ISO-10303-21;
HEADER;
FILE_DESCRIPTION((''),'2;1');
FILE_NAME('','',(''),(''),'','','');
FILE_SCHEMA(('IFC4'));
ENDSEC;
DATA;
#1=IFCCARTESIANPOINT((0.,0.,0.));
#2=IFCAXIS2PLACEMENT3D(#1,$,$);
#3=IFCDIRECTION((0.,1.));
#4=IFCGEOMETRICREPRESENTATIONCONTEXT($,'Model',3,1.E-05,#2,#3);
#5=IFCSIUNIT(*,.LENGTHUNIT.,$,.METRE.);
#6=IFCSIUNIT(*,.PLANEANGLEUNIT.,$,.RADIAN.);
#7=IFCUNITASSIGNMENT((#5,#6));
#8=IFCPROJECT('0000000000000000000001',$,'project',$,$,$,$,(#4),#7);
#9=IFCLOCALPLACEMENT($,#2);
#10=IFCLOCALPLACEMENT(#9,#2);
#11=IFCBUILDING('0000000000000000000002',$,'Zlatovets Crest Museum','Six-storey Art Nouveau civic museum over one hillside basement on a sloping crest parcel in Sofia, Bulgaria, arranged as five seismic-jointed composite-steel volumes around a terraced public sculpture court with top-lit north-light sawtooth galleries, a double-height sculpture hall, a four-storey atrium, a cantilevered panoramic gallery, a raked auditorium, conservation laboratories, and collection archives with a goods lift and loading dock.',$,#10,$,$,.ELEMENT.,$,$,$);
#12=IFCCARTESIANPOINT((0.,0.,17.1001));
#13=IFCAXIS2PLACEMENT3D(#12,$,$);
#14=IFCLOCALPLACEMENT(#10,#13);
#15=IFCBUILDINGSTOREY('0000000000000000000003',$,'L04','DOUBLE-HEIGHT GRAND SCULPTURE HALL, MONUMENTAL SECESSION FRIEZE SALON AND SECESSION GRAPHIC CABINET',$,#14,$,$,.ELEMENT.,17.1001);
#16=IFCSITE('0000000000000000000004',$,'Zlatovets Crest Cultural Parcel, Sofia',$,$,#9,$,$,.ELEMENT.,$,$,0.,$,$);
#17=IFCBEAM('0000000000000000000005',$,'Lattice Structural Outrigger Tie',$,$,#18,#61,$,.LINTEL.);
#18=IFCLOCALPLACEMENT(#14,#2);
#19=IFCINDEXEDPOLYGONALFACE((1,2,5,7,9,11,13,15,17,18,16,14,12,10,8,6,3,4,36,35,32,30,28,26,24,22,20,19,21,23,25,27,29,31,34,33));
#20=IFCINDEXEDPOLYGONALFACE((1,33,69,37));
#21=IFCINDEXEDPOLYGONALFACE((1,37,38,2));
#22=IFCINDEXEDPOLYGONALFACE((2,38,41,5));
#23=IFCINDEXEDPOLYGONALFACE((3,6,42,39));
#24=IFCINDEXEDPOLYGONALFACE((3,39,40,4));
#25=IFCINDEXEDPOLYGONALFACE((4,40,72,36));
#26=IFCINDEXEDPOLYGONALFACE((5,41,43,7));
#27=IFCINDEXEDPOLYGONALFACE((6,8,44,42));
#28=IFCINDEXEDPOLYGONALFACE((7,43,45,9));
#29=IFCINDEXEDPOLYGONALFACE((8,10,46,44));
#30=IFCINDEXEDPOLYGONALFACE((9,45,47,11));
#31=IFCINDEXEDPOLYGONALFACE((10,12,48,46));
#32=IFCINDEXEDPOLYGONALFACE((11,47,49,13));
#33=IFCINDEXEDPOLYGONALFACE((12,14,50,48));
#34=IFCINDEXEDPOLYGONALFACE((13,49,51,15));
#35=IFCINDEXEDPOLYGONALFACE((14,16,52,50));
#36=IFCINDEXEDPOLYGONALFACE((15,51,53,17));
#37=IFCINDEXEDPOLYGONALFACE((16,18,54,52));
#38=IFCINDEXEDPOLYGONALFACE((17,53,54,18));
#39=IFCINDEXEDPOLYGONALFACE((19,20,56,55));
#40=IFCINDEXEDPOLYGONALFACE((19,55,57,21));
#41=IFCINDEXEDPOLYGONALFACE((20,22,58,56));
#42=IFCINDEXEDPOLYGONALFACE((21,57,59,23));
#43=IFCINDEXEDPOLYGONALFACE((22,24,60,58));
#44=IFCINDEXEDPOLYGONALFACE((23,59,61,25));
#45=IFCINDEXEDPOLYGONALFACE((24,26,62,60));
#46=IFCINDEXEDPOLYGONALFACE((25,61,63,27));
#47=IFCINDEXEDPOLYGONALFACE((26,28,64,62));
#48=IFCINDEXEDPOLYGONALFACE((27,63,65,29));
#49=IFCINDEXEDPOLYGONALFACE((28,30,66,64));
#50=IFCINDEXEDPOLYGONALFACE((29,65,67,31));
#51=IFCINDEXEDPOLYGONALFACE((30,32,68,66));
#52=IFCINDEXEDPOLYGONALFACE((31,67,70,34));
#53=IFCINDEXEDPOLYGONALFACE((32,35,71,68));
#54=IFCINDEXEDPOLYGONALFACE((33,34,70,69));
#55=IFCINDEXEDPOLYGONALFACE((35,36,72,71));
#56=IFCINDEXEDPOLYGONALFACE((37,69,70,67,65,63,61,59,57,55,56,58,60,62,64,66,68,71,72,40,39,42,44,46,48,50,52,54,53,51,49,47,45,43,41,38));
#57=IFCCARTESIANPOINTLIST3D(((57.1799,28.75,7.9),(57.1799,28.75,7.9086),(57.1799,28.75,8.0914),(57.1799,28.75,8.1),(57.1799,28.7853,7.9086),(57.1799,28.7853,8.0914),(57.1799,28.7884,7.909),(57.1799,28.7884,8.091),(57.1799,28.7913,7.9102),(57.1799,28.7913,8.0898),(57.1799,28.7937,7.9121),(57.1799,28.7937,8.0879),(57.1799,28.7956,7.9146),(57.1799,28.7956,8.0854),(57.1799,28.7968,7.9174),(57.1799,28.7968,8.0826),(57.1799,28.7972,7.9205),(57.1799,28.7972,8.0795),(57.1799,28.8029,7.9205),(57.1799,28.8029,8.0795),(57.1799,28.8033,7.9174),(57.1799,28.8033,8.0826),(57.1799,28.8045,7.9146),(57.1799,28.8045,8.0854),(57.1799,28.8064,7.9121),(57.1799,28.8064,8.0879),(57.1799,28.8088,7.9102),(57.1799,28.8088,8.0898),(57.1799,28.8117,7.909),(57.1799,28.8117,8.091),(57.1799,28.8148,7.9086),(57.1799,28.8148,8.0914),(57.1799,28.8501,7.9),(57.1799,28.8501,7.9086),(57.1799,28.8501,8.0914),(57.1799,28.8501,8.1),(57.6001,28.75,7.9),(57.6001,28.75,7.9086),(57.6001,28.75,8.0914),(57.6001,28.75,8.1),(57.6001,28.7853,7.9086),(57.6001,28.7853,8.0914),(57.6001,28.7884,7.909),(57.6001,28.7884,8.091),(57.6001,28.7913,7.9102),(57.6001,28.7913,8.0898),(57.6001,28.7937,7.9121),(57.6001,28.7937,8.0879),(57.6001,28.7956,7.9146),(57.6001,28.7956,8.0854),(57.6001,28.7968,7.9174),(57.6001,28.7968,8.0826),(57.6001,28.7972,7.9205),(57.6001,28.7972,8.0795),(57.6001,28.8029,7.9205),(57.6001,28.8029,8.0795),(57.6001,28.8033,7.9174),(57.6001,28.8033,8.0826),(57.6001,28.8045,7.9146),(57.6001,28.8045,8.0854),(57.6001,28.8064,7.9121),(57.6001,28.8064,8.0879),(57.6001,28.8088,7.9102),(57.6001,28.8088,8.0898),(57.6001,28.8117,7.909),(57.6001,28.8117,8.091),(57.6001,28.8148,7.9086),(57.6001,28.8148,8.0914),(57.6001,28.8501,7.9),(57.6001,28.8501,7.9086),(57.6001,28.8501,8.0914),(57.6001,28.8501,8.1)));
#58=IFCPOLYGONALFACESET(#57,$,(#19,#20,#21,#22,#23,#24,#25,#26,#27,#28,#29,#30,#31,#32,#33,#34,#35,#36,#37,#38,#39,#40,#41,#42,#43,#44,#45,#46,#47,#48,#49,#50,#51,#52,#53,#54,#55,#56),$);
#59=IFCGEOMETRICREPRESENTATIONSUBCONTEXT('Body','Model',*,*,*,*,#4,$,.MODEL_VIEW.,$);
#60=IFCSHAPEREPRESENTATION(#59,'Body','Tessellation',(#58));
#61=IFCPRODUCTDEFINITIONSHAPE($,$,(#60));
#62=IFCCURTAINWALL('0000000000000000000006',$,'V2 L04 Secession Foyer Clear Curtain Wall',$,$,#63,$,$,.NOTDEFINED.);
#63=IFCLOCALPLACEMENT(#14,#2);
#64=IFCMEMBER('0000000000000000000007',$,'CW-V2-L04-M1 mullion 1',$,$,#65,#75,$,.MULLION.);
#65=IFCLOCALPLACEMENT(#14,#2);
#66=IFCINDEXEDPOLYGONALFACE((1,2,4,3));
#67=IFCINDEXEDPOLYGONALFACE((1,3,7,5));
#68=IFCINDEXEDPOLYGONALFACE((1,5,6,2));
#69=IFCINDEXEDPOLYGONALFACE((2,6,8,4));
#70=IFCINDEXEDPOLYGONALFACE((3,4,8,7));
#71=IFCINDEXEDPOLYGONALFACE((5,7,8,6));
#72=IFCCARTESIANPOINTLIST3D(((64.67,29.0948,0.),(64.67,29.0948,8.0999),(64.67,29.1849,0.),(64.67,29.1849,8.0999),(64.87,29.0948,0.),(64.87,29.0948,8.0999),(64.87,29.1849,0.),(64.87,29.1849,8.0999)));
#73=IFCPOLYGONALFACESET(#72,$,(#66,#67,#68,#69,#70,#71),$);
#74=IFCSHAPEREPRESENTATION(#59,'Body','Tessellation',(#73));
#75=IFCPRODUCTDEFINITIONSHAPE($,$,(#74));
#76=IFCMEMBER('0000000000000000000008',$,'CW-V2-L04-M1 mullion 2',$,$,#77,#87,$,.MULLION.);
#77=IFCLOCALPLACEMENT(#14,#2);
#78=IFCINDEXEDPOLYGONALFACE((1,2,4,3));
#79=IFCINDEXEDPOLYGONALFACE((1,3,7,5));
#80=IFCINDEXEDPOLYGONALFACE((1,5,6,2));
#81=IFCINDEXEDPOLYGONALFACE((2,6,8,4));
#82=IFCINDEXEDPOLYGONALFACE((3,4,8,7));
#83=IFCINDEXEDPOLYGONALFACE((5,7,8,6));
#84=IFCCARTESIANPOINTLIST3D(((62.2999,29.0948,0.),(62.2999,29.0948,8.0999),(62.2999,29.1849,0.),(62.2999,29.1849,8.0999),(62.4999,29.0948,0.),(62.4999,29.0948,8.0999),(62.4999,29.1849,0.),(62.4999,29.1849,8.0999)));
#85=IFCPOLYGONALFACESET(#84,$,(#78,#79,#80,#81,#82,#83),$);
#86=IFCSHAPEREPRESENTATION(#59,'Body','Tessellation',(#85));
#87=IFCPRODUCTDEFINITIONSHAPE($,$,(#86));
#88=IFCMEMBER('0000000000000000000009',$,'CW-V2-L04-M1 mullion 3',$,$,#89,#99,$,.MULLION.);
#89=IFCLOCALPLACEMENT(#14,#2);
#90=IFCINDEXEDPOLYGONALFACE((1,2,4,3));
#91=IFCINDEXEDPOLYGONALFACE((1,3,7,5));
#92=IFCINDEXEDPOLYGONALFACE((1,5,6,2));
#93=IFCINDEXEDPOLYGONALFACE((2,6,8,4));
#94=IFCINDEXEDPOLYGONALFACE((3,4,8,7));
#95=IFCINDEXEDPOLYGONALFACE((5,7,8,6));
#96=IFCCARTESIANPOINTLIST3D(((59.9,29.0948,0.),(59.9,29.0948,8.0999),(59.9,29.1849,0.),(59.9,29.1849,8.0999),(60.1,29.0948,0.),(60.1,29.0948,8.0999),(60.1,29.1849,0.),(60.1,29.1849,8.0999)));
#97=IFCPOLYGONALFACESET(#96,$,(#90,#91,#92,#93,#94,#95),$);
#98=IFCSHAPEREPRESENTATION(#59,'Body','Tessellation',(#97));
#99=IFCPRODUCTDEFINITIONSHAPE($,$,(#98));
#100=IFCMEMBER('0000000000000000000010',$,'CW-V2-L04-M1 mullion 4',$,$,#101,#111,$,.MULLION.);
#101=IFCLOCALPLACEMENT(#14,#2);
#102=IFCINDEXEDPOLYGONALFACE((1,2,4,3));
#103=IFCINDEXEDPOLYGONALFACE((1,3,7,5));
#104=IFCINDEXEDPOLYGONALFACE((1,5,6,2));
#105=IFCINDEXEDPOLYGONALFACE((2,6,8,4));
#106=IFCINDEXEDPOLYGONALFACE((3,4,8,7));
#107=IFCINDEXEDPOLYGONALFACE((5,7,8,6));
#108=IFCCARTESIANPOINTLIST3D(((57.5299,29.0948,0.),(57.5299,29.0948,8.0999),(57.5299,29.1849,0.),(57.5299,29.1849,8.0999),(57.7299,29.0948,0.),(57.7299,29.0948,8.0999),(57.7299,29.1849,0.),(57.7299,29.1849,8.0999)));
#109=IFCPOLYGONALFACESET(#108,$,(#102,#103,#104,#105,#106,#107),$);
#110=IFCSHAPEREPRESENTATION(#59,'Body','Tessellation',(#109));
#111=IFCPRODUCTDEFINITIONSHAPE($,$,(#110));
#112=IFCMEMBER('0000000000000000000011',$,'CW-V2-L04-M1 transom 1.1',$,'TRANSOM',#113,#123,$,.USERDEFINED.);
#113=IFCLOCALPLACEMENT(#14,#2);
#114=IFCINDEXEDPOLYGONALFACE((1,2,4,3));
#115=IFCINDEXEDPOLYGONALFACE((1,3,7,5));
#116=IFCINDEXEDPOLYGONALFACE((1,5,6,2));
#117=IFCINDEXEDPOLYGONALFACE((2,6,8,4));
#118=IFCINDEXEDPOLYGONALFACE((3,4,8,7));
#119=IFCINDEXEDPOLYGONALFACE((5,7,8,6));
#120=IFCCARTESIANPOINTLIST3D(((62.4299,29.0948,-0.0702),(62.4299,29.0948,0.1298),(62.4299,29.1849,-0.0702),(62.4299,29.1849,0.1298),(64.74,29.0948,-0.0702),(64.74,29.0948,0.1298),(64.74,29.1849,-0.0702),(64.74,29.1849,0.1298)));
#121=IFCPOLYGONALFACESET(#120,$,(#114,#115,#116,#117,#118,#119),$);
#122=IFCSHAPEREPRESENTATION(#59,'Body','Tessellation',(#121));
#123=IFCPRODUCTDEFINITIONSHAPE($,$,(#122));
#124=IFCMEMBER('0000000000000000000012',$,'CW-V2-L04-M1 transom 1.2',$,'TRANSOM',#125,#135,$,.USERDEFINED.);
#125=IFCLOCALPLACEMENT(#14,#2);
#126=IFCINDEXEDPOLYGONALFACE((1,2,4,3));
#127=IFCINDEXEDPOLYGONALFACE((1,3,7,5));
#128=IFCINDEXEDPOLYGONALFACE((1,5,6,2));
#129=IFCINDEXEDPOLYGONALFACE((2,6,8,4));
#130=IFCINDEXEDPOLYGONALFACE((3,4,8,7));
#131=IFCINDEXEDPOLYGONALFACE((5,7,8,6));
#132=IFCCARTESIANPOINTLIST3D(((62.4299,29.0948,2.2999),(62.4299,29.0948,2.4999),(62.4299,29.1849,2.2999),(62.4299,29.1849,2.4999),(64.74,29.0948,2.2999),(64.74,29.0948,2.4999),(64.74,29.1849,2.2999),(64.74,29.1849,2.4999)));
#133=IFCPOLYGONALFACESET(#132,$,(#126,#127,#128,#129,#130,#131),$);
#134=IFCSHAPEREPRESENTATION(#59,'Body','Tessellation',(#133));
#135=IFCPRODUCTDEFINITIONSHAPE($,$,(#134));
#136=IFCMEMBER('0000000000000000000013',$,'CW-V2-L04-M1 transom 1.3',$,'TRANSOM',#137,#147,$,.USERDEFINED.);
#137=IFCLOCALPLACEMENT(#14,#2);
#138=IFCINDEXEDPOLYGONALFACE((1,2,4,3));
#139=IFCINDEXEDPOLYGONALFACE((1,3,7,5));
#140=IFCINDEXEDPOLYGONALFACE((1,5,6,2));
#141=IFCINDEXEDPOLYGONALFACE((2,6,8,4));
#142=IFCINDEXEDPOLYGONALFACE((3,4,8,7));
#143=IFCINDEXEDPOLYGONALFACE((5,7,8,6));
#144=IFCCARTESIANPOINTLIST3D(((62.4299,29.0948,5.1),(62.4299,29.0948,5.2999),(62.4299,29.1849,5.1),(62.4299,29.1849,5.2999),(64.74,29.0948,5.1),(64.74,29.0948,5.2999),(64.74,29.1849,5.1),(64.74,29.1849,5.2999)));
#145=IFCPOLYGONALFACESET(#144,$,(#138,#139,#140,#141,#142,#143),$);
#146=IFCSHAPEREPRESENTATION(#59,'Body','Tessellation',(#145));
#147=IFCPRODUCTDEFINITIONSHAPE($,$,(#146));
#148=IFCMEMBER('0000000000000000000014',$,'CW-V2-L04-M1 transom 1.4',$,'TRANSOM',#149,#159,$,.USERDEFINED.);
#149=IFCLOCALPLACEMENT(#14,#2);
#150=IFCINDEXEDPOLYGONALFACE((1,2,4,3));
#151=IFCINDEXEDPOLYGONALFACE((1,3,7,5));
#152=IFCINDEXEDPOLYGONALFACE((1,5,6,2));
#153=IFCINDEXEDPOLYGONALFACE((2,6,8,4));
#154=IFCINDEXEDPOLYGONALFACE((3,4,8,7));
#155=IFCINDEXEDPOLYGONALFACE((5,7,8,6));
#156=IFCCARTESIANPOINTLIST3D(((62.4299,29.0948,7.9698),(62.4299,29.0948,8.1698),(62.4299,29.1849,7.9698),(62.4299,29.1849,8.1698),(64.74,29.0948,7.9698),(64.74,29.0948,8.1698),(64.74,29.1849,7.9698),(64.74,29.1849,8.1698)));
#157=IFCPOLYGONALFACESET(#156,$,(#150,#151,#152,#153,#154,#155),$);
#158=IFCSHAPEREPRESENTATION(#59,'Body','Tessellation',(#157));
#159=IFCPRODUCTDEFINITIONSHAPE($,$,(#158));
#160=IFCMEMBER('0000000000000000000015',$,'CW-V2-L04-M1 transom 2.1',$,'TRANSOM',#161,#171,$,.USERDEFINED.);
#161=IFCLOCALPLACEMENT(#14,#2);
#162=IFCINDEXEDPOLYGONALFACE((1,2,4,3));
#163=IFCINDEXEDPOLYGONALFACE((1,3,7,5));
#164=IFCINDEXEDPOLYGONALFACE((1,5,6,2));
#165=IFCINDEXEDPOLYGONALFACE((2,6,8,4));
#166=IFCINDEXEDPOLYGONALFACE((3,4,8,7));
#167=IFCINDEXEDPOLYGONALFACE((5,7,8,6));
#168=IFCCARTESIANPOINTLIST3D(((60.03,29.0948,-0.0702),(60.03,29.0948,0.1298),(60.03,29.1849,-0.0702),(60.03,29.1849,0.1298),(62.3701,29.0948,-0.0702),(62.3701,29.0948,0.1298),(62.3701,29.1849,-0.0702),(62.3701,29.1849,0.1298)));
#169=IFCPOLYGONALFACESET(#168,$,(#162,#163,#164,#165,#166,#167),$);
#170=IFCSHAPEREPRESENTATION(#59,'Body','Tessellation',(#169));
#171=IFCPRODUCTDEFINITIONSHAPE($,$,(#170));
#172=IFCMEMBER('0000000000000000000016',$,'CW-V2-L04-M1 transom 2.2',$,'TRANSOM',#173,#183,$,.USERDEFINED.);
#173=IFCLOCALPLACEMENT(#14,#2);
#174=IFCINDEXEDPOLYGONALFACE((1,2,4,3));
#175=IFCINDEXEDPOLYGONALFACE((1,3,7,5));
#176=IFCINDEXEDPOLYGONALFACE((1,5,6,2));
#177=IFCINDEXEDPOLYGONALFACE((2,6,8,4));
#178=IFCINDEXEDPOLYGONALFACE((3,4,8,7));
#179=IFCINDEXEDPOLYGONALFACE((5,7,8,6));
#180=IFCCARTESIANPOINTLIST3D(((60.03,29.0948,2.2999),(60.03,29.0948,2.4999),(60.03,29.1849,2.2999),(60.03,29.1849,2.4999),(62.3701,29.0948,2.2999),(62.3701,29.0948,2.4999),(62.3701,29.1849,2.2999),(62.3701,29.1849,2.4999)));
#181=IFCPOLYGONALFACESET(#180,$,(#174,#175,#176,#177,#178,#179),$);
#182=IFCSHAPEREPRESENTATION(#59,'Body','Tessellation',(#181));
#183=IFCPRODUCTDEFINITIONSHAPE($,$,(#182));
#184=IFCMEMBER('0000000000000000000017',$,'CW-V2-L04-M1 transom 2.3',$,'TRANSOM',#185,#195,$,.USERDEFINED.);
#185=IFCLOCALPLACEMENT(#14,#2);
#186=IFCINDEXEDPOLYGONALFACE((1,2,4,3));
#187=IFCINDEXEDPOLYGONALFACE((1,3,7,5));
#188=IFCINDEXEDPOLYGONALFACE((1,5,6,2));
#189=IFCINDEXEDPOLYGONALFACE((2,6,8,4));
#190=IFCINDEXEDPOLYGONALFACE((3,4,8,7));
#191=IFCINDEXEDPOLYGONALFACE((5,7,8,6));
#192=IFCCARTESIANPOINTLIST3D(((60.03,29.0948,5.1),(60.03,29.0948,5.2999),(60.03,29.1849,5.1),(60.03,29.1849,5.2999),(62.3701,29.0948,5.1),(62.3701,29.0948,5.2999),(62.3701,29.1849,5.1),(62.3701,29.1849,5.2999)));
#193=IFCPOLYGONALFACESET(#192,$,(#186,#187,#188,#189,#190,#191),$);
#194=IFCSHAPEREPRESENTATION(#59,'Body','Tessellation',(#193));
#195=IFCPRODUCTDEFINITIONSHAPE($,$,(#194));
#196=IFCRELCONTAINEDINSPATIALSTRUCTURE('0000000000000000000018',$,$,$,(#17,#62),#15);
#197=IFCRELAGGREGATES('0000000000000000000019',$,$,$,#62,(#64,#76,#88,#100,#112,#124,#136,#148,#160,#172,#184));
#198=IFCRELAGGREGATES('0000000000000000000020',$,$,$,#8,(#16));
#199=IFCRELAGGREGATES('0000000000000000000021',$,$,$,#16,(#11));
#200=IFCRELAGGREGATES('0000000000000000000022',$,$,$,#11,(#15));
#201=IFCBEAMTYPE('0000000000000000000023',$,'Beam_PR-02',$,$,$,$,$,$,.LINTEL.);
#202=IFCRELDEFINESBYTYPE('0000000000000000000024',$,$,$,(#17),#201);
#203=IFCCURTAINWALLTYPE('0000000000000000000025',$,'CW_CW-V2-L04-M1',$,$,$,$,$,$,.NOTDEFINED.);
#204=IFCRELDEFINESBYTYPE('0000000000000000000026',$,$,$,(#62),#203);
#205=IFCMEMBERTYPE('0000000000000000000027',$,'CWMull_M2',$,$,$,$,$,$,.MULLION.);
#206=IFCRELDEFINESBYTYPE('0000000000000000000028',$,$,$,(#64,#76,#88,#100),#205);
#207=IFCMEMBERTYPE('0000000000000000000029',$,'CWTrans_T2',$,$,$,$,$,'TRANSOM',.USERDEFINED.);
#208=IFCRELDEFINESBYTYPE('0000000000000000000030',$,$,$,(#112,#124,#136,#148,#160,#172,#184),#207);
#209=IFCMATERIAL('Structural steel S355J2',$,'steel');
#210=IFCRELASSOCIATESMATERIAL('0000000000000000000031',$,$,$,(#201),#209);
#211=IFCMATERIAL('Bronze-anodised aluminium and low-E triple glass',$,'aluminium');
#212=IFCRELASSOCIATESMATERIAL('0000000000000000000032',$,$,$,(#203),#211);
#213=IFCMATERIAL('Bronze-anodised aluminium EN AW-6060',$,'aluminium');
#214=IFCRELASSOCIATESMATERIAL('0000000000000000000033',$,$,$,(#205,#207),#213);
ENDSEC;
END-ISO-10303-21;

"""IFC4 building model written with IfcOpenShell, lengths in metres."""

from ifc_helpers import new_model, si_unit, direction, frame, origin, origin_2d, place, context, subcontext, project, spatial, rectangle, i_section, extrude, material, material_profile, profile_set, type_object, element, aggregate, save


model = new_model("IFC4")

# Units and contexts
model_context = context("Model", 3, precision=1e-05, world=origin(), true_north=direction((0.0, 1.0)))
body_context = subcontext(model_context, "Body", "Model", "MODEL_VIEW")
ifc_project = project(units=[si_unit("LENGTHUNIT", "METRE"), si_unit("PLANEANGLEUNIT", "RADIAN")], contexts=[model_context])

# Site, building, storey
site_placement = place(None, origin())
site = spatial("IfcSite", under=ifc_project, at=site_placement, Name="Zlatovets Crest Cultural Parcel, Sofia", CompositionType="ELEMENT", RefElevation=0.0)
building_placement = place(site_placement, origin())
building = spatial("IfcBuilding", under=site, at=building_placement, Name="Zlatovets Crest Museum", Description="Six-storey Art Nouveau civic museum over one hillside basement on a sloping crest parcel in Sofia, Bulgaria, arranged as five seismic-jointed composite-steel volumes around a terraced public sculpture court with top-lit north-light sawtooth galleries, a double-height sculpture hall, a four-storey atrium, a cantilevered panoramic gallery, a raked auditorium, conservation laboratories, and collection archives with a goods lift and loading dock.", CompositionType="ELEMENT")
storey_placement = place(building_placement, frame((0.0, 0.0, 17.1001)))
storey = spatial("IfcBuildingStorey", under=building, at=storey_placement, Name="L04", Description="DOUBLE-HEIGHT GRAND SCULPTURE HALL, MONUMENTAL SECESSION FRIEZE SALON AND SECESSION GRAPHIC CABINET", CompositionType="ELEMENT", Elevation=17.1001)

# Shared definitions
ifc_material_1 = material(Name="Structural steel S355J2", Category="steel")

# Beam
ifc_material_profile_1 = material_profile(ifc_material_1, i_section(OverallWidth=0.1001, OverallDepth=0.2, WebThickness=0.0056, FlangeThickness=0.0085, FilletRadius=0.012, at=origin_2d()), Name="IPE 200")
ifc_profile_set_1 = profile_set([ifc_material_profile_1], Name="Structural steel S355J2")
beam_type = type_object("IfcBeamType", Name="Beam_PR-02", PredefinedType="LINTEL", material=ifc_profile_set_1)
for number, where, z_axis, x_axis, name in (
    (1, (57.6001, 28.8, 8.0), (-1.0, 0.0, 0.0), (0.0, -1.0, 0.0), "Lattice Structural Outrigger Tie"),
):
    element("IfcBeam", number, at=place(storey_placement, frame(where, z_axis=z_axis, x_axis=x_axis)), inside=storey, type_object=beam_type, Name=name, PredefinedType="LINTEL", context=body_context, shape_type="SweptSolid", body=[
        extrude(i_section(OverallWidth=0.1001, OverallDepth=0.2, WebThickness=0.0056, FlangeThickness=0.0085, FilletRadius=0.012, at=origin_2d()), origin(), (0.0, 0.0, 1.0), 0.4202),
    ])

# Curtain wall, members
ifc_material_2 = material(Name="Bronze-anodised aluminium and low-E triple glass", Category="aluminium")
curtain_wall_type = type_object("IfcCurtainWallType", Name="CW_CW-V2-L04-M1", PredefinedType="NOTDEFINED", material=ifc_material_2)
curtain_wall_placement = place(storey_placement, origin())
curtain_wall = element("IfcCurtainWall", 2, at=curtain_wall_placement, inside=storey, type_object=curtain_wall_type, Name="V2 L04 Secession Foyer Clear Curtain Wall", PredefinedType="NOTDEFINED")
ifc_material_3 = material(Name="Bronze-anodised aluminium EN AW-6060", Category="aluminium")
ifc_material_profile_2 = material_profile(ifc_material_3, rectangle(XDim=0.0901, YDim=0.2, at=origin_2d()), Name="ALU 90x200")
ifc_profile_set_2 = profile_set([ifc_material_profile_2], Name="Bronze-anodised aluminium EN AW-6060")
member_type_1 = type_object("IfcMemberType", Name="CWMull_M2", PredefinedType="MULLION", material=ifc_profile_set_2)
member_1_placement = place(storey_placement, frame((64.77, 29.1399, 0.0), z_axis=(0.0, 0.0, 1.0), x_axis=(0.0, -1.0, 0.0)))
member_1 = element("IfcMember", 3, at=member_1_placement, type_object=member_type_1, Name="CW-V2-L04-M1 mullion 1", PredefinedType="MULLION", context=body_context, shape_type="SweptSolid", body=[
    extrude(rectangle(XDim=0.0901, YDim=0.2, at=origin_2d()), origin(), (0.0, 0.0, 1.0), 8.0999),
])
member_2_placement = place(storey_placement, frame((62.3999, 29.1399, 0.0), z_axis=(0.0, 0.0, 1.0), x_axis=(0.0, -1.0, 0.0)))
member_2 = element("IfcMember", 4, at=member_2_placement, type_object=member_type_1, Name="CW-V2-L04-M1 mullion 2", PredefinedType="MULLION", context=body_context, shape_type="SweptSolid", body=[
    extrude(rectangle(XDim=0.0901, YDim=0.2, at=origin_2d()), origin(), (0.0, 0.0, 1.0), 8.0999),
])
member_3_placement = place(storey_placement, frame((60.0, 29.1399, 0.0), z_axis=(0.0, 0.0, 1.0), x_axis=(0.0, -1.0, 0.0)))
member_3 = element("IfcMember", 5, at=member_3_placement, type_object=member_type_1, Name="CW-V2-L04-M1 mullion 3", PredefinedType="MULLION", context=body_context, shape_type="SweptSolid", body=[
    extrude(rectangle(XDim=0.0901, YDim=0.2, at=origin_2d()), origin(), (0.0, 0.0, 1.0), 8.0999),
])
member_4_placement = place(storey_placement, frame((57.6299, 29.1399, 0.0), z_axis=(0.0, 0.0, 1.0), x_axis=(0.0, -1.0, 0.0)))
member_4 = element("IfcMember", 6, at=member_4_placement, type_object=member_type_1, Name="CW-V2-L04-M1 mullion 4", PredefinedType="MULLION", context=body_context, shape_type="SweptSolid", body=[
    extrude(rectangle(XDim=0.0901, YDim=0.2, at=origin_2d()), origin(), (0.0, 0.0, 1.0), 8.0999),
])
ifc_material_profile_3 = material_profile(ifc_material_3, rectangle(XDim=0.0901, YDim=0.2, at=origin_2d()), Name="ALU 90x200")
ifc_profile_set_3 = profile_set([ifc_material_profile_3], Name="Bronze-anodised aluminium EN AW-6060")
member_type_2 = type_object("IfcMemberType", Name="CWTrans_T2", ElementType="TRANSOM", PredefinedType="USERDEFINED", material=ifc_profile_set_3)
member_5_placement = place(storey_placement, frame((64.74, 29.1399, 0.0298), z_axis=(-1.0, 0.0, 0.0), x_axis=(0.0, -1.0, 0.0)))
member_5 = element("IfcMember", 7, at=member_5_placement, type_object=member_type_2, Name="CW-V2-L04-M1 transom 1.1", ObjectType="TRANSOM", PredefinedType="USERDEFINED", context=body_context, shape_type="SweptSolid", body=[
    extrude(rectangle(XDim=0.0901, YDim=0.2, at=origin_2d()), origin(), (0.0, 0.0, 1.0), 2.3101),
])
member_6_placement = place(storey_placement, frame((64.74, 29.1399, 2.3999), z_axis=(-1.0, 0.0, 0.0), x_axis=(0.0, -1.0, 0.0)))
member_6 = element("IfcMember", 8, at=member_6_placement, type_object=member_type_2, Name="CW-V2-L04-M1 transom 1.2", ObjectType="TRANSOM", PredefinedType="USERDEFINED", context=body_context, shape_type="SweptSolid", body=[
    extrude(rectangle(XDim=0.0901, YDim=0.2, at=origin_2d()), origin(), (0.0, 0.0, 1.0), 2.3101),
])
member_7_placement = place(storey_placement, frame((64.74, 29.1399, 5.2), z_axis=(-1.0, 0.0, 0.0), x_axis=(0.0, -1.0, 0.0)))
member_7 = element("IfcMember", 9, at=member_7_placement, type_object=member_type_2, Name="CW-V2-L04-M1 transom 1.3", ObjectType="TRANSOM", PredefinedType="USERDEFINED", context=body_context, shape_type="SweptSolid", body=[
    extrude(rectangle(XDim=0.0901, YDim=0.2, at=origin_2d()), origin(), (0.0, 0.0, 1.0), 2.3101),
])
member_8_placement = place(storey_placement, frame((64.74, 29.1399, 8.0698), z_axis=(-1.0, 0.0, 0.0), x_axis=(0.0, -1.0, 0.0)))
member_8 = element("IfcMember", 10, at=member_8_placement, type_object=member_type_2, Name="CW-V2-L04-M1 transom 1.4", ObjectType="TRANSOM", PredefinedType="USERDEFINED", context=body_context, shape_type="SweptSolid", body=[
    extrude(rectangle(XDim=0.0901, YDim=0.2, at=origin_2d()), origin(), (0.0, 0.0, 1.0), 2.3101),
])
member_9_placement = place(storey_placement, frame((62.3701, 29.1399, 0.0298), z_axis=(-1.0, 0.0, 0.0), x_axis=(0.0, -1.0, 0.0)))
member_9 = element("IfcMember", 11, at=member_9_placement, type_object=member_type_2, Name="CW-V2-L04-M1 transom 2.1", ObjectType="TRANSOM", PredefinedType="USERDEFINED", context=body_context, shape_type="SweptSolid", body=[
    extrude(rectangle(XDim=0.0901, YDim=0.2, at=origin_2d()), origin(), (0.0, 0.0, 1.0), 2.3401),
])
member_10_placement = place(storey_placement, frame((62.3701, 29.1399, 2.3999), z_axis=(-1.0, 0.0, 0.0), x_axis=(0.0, -1.0, 0.0)))
member_10 = element("IfcMember", 12, at=member_10_placement, type_object=member_type_2, Name="CW-V2-L04-M1 transom 2.2", ObjectType="TRANSOM", PredefinedType="USERDEFINED", context=body_context, shape_type="SweptSolid", body=[
    extrude(rectangle(XDim=0.0901, YDim=0.2, at=origin_2d()), origin(), (0.0, 0.0, 1.0), 2.3401),
])
member_11_placement = place(storey_placement, frame((62.3701, 29.1399, 5.2), z_axis=(-1.0, 0.0, 0.0), x_axis=(0.0, -1.0, 0.0)))
member_11 = element("IfcMember", 13, at=member_11_placement, type_object=member_type_2, Name="CW-V2-L04-M1 transom 2.3", ObjectType="TRANSOM", PredefinedType="USERDEFINED", context=body_context, shape_type="SweptSolid", body=[
    extrude(rectangle(XDim=0.0901, YDim=0.2, at=origin_2d()), origin(), (0.0, 0.0, 1.0), 2.3401),
])

aggregate(curtain_wall, [member_1, member_2, member_3, member_4, member_5, member_6, member_7, member_8, member_9, member_10, member_11])

save(model, "model.ifc")
